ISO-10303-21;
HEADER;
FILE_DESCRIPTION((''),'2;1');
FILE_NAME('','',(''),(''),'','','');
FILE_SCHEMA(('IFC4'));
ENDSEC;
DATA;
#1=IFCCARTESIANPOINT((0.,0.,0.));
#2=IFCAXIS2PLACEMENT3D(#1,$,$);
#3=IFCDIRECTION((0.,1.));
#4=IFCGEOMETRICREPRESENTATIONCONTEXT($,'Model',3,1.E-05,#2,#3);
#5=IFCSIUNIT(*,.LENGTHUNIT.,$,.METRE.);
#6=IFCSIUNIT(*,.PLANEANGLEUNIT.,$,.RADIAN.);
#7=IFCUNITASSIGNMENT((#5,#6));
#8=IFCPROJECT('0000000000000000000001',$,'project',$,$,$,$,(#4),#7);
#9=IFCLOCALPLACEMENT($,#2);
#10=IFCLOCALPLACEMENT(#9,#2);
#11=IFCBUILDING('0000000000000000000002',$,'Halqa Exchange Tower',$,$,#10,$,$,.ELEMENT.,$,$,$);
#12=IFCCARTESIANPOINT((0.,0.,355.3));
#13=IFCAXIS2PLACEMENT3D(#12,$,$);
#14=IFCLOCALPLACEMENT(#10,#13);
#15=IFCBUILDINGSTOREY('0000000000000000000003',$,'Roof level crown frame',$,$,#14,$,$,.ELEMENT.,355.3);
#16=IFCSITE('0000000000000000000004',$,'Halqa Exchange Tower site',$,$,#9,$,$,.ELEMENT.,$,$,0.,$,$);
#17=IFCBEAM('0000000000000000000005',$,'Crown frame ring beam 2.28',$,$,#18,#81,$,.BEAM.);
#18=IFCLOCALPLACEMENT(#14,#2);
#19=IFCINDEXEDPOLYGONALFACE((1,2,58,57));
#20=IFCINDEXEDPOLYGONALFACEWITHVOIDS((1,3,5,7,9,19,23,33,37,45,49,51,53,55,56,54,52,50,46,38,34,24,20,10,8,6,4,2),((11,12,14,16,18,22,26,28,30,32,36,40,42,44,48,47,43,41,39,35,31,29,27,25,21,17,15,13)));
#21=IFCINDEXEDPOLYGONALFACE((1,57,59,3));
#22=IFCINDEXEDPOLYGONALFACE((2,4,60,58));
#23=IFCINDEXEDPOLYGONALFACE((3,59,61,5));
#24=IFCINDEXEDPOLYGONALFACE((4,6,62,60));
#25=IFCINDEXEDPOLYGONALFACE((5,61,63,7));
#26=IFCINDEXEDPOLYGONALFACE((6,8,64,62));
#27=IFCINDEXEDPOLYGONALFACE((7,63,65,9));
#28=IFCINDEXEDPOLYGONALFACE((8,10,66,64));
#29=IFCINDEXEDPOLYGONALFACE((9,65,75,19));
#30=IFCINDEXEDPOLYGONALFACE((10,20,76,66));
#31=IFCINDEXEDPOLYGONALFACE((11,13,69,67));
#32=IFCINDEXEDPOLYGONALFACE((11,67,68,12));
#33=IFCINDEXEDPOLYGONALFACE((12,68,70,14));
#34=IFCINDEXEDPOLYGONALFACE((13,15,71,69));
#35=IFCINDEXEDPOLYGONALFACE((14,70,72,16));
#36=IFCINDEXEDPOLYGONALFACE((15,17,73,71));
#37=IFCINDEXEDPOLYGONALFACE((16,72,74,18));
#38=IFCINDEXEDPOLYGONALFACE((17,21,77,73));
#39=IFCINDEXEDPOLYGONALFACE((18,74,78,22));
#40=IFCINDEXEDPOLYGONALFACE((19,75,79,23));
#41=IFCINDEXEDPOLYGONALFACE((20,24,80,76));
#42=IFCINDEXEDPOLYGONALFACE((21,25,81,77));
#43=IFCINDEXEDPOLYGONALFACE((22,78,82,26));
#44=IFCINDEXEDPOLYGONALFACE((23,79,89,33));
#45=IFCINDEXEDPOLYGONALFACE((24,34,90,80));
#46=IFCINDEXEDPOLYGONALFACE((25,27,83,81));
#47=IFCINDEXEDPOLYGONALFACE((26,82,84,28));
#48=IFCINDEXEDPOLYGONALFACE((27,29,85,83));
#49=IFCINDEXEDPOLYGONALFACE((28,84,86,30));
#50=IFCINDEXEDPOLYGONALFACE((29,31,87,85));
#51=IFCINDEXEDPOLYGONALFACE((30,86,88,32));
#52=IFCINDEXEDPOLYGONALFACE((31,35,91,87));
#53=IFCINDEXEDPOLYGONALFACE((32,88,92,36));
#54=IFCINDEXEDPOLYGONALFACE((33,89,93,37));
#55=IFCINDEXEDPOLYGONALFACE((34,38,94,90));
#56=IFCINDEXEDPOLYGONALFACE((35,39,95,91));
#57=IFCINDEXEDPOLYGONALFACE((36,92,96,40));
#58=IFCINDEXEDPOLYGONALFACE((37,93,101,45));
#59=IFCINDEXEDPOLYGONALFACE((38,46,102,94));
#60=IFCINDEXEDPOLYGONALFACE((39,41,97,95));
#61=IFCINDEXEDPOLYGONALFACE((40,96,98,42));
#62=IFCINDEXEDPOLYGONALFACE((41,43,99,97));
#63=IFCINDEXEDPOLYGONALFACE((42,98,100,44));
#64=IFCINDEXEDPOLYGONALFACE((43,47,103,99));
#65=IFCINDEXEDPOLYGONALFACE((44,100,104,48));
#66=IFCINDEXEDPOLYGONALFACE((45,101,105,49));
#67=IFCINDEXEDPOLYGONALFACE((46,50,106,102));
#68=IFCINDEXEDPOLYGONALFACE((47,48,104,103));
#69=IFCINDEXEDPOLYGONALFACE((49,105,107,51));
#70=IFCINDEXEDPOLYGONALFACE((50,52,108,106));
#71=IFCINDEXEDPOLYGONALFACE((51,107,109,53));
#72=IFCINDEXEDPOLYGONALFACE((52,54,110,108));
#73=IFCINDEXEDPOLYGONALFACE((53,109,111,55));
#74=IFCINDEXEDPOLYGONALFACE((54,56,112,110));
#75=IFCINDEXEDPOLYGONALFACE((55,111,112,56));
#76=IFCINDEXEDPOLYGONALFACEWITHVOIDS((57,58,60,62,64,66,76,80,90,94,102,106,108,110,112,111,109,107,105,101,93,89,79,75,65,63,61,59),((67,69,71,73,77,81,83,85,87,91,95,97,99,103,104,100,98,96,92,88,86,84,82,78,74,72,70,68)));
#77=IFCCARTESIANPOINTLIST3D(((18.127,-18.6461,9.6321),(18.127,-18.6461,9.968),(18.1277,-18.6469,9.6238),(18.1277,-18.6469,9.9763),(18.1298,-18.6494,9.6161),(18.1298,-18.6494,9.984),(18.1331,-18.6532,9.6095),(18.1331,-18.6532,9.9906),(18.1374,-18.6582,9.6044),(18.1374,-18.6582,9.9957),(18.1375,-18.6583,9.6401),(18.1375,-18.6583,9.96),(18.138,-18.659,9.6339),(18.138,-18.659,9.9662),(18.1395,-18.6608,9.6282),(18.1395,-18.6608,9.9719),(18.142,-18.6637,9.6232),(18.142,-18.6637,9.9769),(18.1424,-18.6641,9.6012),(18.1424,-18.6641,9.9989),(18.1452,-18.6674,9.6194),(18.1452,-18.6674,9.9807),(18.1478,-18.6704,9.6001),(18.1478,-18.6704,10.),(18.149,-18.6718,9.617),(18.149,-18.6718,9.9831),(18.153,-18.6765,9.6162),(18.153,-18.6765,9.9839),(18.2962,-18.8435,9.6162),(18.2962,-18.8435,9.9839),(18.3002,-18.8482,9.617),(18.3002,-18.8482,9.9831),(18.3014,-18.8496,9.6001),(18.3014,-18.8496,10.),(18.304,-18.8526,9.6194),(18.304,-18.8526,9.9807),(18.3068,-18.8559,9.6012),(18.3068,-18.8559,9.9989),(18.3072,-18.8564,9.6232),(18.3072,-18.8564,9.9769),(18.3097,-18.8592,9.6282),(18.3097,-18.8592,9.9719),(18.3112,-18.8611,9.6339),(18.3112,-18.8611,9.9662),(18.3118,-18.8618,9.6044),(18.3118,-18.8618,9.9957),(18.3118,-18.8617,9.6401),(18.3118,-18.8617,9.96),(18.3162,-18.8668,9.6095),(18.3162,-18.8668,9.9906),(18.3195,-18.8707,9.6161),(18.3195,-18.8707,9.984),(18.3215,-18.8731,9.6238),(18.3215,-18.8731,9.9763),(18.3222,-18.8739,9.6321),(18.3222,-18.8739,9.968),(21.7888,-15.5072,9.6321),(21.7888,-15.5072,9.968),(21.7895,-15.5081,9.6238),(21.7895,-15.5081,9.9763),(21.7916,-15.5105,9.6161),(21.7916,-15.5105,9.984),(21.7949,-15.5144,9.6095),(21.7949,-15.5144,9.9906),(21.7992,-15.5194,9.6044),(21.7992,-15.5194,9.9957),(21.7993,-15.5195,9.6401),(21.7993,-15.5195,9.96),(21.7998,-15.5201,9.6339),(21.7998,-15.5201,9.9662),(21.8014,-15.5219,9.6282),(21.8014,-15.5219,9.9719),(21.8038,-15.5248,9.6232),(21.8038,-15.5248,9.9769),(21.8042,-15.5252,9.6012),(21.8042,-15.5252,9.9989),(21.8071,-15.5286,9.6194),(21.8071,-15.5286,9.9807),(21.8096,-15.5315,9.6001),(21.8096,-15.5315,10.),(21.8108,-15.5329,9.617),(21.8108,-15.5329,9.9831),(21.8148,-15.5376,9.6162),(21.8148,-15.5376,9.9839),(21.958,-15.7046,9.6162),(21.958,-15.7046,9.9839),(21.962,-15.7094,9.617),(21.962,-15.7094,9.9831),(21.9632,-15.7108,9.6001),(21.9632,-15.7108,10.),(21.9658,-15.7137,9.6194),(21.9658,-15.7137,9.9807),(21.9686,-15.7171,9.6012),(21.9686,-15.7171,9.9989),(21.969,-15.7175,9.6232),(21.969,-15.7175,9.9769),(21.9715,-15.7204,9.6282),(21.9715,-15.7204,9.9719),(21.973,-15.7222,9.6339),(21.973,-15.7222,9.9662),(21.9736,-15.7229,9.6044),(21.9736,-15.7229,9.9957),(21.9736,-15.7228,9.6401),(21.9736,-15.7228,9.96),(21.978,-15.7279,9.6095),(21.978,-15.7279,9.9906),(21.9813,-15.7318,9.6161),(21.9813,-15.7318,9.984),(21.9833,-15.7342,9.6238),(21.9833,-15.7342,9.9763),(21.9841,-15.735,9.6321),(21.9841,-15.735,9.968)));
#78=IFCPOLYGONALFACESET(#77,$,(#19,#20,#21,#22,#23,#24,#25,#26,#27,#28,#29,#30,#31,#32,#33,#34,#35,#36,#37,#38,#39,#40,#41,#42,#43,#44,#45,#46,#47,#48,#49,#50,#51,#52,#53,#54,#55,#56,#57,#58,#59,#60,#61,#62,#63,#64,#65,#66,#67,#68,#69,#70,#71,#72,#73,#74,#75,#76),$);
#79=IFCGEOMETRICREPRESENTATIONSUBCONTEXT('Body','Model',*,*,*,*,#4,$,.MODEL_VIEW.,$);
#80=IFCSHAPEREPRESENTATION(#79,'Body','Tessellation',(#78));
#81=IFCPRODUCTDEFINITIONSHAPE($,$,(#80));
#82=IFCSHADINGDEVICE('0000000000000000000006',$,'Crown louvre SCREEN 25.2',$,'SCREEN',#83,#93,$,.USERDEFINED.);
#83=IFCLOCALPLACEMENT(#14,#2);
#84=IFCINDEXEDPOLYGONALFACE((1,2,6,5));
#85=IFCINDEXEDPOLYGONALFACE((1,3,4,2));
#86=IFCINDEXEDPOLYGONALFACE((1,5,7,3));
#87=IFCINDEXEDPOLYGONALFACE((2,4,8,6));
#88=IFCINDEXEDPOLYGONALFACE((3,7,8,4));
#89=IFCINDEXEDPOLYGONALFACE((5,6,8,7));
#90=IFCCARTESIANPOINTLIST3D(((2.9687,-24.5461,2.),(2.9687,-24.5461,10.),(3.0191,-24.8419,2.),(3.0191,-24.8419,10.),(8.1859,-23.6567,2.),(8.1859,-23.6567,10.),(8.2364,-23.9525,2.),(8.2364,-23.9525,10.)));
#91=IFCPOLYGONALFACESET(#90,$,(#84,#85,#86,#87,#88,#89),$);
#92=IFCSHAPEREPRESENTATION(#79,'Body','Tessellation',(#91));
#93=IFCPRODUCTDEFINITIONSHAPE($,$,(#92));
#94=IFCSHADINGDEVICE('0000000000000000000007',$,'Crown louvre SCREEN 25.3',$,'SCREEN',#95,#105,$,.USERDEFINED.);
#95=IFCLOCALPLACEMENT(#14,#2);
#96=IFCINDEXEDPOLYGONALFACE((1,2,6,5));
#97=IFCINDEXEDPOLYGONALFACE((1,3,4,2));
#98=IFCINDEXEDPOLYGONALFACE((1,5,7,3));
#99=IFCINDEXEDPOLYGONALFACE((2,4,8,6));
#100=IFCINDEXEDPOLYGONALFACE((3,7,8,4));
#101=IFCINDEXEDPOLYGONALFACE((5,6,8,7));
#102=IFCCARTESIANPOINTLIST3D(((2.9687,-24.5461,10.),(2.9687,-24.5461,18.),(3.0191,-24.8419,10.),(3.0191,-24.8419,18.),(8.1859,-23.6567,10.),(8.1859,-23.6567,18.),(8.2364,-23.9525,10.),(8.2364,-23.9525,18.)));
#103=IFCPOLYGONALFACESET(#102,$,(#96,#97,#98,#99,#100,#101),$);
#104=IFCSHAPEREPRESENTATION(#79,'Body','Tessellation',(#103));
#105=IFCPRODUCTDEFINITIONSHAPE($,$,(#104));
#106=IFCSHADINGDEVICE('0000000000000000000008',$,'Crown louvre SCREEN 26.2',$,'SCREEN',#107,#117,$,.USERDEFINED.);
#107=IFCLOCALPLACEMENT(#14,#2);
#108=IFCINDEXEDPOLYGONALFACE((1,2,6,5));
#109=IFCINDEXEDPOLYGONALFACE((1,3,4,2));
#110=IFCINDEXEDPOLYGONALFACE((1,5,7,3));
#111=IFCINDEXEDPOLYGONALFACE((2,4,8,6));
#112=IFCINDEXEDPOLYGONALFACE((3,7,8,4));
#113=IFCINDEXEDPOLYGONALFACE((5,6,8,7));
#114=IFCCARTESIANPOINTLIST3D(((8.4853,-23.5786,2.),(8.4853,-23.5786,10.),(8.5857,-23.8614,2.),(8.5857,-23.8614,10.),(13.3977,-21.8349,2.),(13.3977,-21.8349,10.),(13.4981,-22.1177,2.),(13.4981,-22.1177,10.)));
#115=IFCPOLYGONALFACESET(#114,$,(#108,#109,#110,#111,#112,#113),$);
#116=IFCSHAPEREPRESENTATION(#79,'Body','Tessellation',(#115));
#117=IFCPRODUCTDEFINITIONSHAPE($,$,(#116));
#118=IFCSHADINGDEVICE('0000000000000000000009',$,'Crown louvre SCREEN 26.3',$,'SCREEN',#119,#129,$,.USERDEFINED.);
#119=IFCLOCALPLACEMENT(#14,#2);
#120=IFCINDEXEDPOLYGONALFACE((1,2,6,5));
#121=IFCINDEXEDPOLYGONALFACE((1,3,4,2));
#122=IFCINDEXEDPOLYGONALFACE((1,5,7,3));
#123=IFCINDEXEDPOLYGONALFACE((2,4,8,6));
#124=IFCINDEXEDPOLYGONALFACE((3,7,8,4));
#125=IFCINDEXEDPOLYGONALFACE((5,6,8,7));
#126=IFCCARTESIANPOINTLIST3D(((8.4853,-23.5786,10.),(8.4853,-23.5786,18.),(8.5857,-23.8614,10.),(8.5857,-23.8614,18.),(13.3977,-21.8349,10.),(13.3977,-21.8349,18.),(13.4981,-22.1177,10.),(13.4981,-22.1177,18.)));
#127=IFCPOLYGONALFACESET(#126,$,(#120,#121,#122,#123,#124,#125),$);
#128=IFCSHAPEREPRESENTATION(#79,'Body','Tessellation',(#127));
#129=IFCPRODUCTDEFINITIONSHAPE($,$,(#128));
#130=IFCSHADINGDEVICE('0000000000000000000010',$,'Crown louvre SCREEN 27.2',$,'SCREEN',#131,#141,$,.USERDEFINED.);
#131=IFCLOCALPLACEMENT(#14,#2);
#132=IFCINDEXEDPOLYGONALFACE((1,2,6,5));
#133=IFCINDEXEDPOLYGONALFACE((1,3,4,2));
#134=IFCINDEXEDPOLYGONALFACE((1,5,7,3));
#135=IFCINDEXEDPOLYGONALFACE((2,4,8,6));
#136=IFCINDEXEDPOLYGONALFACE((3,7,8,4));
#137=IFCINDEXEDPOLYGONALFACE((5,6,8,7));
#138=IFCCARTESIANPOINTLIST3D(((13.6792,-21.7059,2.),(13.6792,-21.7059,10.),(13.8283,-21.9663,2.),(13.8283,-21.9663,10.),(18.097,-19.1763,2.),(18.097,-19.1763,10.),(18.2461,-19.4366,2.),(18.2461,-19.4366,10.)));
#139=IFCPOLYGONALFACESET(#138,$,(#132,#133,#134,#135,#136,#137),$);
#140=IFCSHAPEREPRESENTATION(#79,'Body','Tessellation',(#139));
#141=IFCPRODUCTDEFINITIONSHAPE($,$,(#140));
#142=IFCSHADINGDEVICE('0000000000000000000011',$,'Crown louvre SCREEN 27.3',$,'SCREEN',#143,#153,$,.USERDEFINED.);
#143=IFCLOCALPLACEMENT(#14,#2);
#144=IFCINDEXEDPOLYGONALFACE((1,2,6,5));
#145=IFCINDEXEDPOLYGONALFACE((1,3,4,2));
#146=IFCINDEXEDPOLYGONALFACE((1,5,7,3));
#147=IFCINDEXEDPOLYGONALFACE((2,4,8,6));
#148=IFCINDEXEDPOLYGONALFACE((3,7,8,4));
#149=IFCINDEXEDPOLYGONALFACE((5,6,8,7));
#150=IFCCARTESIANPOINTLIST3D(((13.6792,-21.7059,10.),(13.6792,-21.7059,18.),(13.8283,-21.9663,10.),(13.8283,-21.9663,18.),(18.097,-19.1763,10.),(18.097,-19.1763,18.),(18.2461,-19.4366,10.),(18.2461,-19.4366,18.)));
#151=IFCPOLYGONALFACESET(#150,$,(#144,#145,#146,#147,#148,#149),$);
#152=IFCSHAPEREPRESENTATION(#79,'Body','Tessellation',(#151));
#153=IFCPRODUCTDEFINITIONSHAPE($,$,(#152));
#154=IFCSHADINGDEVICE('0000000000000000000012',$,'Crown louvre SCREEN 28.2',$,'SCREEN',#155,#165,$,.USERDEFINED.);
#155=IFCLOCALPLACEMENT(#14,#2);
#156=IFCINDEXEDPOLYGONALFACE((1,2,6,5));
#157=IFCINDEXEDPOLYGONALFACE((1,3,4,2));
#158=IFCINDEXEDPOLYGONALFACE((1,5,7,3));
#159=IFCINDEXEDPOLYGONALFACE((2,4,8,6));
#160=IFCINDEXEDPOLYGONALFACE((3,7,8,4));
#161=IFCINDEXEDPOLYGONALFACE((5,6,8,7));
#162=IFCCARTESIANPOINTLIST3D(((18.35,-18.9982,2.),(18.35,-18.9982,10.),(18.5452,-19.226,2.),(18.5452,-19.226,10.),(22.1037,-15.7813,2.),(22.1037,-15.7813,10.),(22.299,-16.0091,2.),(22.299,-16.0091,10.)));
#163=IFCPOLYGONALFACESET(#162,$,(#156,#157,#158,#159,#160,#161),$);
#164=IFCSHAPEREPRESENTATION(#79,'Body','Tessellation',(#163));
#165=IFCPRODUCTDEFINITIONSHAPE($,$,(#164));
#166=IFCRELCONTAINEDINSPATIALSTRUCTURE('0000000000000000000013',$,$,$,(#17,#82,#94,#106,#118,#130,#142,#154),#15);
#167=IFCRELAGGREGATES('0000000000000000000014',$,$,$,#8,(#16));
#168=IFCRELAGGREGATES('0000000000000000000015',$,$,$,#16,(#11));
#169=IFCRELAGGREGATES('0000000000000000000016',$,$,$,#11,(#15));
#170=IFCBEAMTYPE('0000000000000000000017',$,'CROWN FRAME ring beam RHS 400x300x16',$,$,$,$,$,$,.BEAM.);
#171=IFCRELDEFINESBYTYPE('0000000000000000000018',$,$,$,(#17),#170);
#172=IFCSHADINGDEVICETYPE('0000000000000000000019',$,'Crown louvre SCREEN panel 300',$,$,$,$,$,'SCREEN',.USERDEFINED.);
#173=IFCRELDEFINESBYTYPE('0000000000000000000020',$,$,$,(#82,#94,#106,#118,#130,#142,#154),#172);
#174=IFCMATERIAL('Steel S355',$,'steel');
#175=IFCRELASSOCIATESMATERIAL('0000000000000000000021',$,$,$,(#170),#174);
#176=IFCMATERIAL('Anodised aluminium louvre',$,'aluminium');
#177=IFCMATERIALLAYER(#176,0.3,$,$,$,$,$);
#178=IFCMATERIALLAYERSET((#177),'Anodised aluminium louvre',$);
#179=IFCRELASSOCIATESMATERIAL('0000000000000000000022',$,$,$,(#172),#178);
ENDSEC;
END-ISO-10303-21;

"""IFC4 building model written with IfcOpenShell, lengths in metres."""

from ifc_helpers import new_model, si_unit, direction, frame, origin, origin_2d, place, context, subcontext, project, spatial, rectangle, hollow_rectangle, extrude, material, layer, layer_set, material_profile, profile_set, type_object, element, save


model = new_model("IFC4")

# Units and contexts
model_context = context("Model", 3, precision=1e-05, world=origin(), true_north=direction((0.0, 1.0)))
body_context = subcontext(model_context, "Body", "Model", "MODEL_VIEW")
ifc_project = project(units=[si_unit("LENGTHUNIT", "METRE"), si_unit("PLANEANGLEUNIT", "RADIAN")], contexts=[model_context])

# Site, building, storey
site_placement = place(None, origin())
site = spatial("IfcSite", under=ifc_project, at=site_placement, Name="Halqa Exchange Tower site", CompositionType="ELEMENT", RefElevation=0.0)
building_placement = place(site_placement, origin())
building = spatial("IfcBuilding", under=site, at=building_placement, Name="Halqa Exchange Tower", CompositionType="ELEMENT")
storey_placement = place(building_placement, frame((0.0, 0.0, 355.3)))
storey = spatial("IfcBuildingStorey", under=building, at=storey_placement, Name="Roof level crown frame", CompositionType="ELEMENT", Elevation=355.3)

# Shared definitions
ifc_material_1 = material(Name="Steel S355", Category="steel")

# Beam
ifc_material_profile_1 = material_profile(ifc_material_1, hollow_rectangle(XDim=0.3, YDim=0.3999, WallThickness=0.0161, InnerFilletRadius=0.0239, OuterFilletRadius=0.032, at=origin_2d()), Name="RHS 400x300x16")
ifc_profile_set_1 = profile_set([ifc_material_profile_1], Name="Steel S355")
beam_type = type_object("IfcBeamType", Name="CROWN FRAME ring beam RHS 400x300x16", PredefinedType="BEAM", material=ifc_profile_set_1)
beam_1_placement = place(storey_placement, frame((18.2246, -18.76, 9.8), z_axis=(0.759239, 0.650812, 0.0), x_axis=(-0.650812, 0.759239, 0.0)))
element("IfcBeam", 1, at=beam_1_placement, inside=storey, type_object=beam_type, Name="Crown frame ring beam 2.28", PredefinedType="BEAM", context=body_context, shape_type="SweptSolid", body=[
    extrude(hollow_rectangle(XDim=0.3, YDim=0.3999, WallThickness=0.0161, InnerFilletRadius=0.0239, OuterFilletRadius=0.032, at=origin_2d()), origin(), (0.0, 0.0, 1.0), 4.823),
])

# Shading devices
ifc_material_2 = material(Name="Anodised aluminium louvre", Category="aluminium")
ifc_layer = layer(ifc_material_2, 0.3)
ifc_layer_set = layer_set([ifc_layer], Name="Anodised aluminium louvre")
shading_device_type = type_object("IfcShadingDeviceType", Name="Crown louvre SCREEN panel 300", ElementType="SCREEN", PredefinedType="USERDEFINED", material=ifc_layer_set)
for number, where, z_axis, x_axis, name in (
    (2, (5.6025, -24.2493, 2.0), (0.0, 0.0, 1.0), (0.985778, 0.168051, 0.0), "Crown louvre SCREEN 25.2"),
    (3, (5.6025, -24.2493, 10.0), (0.0, 0.0, 1.0), (0.985778, 0.168051, 0.0), "Crown louvre SCREEN 25.3"),
):
    element("IfcShadingDevice", number, at=place(storey_placement, frame(where, z_axis=z_axis, x_axis=x_axis)), inside=storey, type_object=shading_device_type, Name=name, ObjectType="SCREEN", PredefinedType="USERDEFINED", context=body_context, shape_type="SweptSolid", body=[
        extrude(rectangle(XDim=5.2925, YDim=0.3, at=origin_2d()), origin(), (0.0, 0.0, 1.0), 8.0),
    ])
for number, where, z_axis, x_axis, name in (
    (4, (10.9917, -22.8481, 2.0), (0.0, 0.0, 1.0), (0.942388, 0.334522, 0.0), "Crown louvre SCREEN 26.2"),
    (5, (10.9917, -22.8481, 10.0), (0.0, 0.0, 1.0), (0.942388, 0.334522, 0.0), "Crown louvre SCREEN 26.3"),
):
    element("IfcShadingDevice", number, at=place(storey_placement, frame(where, z_axis=z_axis, x_axis=x_axis)), inside=storey, type_object=shading_device_type, Name=name, ObjectType="SCREEN", PredefinedType="USERDEFINED", context=body_context, shape_type="SweptSolid", body=[
        extrude(rectangle(XDim=5.2126, YDim=0.3, at=origin_2d()), origin(), (0.0, 0.0, 1.0), 8.0),
    ])
for number, where, z_axis, x_axis, name in (
    (6, (15.9626, -20.5713, 2.0), (0.0, 0.0, 1.0), (0.867804, 0.496907, 0.0), "Crown louvre SCREEN 27.2"),
    (7, (15.9626, -20.5713, 10.0), (0.0, 0.0, 1.0), (0.867804, 0.496907, 0.0), "Crown louvre SCREEN 27.3"),
):
    element("IfcShadingDevice", number, at=place(storey_placement, frame(where, z_axis=z_axis, x_axis=x_axis)), inside=storey, type_object=shading_device_type, Name=name, ObjectType="SCREEN", PredefinedType="USERDEFINED", context=body_context, shape_type="SweptSolid", body=[
        extrude(rectangle(XDim=5.0908, YDim=0.3, at=origin_2d()), origin(), (0.0, 0.0, 1.0), 8.0),
    ])
shading_device_placement = place(storey_placement, frame((20.3245, -17.5037, 2.0), z_axis=(0.0, 0.0, 1.0), x_axis=(0.759318, 0.65072, 0.0)))
element("IfcShadingDevice", 8, at=shading_device_placement, inside=storey, type_object=shading_device_type, Name="Crown louvre SCREEN 28.2", ObjectType="SCREEN", PredefinedType="USERDEFINED", context=body_context, shape_type="SweptSolid", body=[
    extrude(rectangle(XDim=4.9436, YDim=0.3, at=origin_2d()), origin(), (0.0, 0.0, 1.0), 8.0),
])

save(model, "model.ifc")
